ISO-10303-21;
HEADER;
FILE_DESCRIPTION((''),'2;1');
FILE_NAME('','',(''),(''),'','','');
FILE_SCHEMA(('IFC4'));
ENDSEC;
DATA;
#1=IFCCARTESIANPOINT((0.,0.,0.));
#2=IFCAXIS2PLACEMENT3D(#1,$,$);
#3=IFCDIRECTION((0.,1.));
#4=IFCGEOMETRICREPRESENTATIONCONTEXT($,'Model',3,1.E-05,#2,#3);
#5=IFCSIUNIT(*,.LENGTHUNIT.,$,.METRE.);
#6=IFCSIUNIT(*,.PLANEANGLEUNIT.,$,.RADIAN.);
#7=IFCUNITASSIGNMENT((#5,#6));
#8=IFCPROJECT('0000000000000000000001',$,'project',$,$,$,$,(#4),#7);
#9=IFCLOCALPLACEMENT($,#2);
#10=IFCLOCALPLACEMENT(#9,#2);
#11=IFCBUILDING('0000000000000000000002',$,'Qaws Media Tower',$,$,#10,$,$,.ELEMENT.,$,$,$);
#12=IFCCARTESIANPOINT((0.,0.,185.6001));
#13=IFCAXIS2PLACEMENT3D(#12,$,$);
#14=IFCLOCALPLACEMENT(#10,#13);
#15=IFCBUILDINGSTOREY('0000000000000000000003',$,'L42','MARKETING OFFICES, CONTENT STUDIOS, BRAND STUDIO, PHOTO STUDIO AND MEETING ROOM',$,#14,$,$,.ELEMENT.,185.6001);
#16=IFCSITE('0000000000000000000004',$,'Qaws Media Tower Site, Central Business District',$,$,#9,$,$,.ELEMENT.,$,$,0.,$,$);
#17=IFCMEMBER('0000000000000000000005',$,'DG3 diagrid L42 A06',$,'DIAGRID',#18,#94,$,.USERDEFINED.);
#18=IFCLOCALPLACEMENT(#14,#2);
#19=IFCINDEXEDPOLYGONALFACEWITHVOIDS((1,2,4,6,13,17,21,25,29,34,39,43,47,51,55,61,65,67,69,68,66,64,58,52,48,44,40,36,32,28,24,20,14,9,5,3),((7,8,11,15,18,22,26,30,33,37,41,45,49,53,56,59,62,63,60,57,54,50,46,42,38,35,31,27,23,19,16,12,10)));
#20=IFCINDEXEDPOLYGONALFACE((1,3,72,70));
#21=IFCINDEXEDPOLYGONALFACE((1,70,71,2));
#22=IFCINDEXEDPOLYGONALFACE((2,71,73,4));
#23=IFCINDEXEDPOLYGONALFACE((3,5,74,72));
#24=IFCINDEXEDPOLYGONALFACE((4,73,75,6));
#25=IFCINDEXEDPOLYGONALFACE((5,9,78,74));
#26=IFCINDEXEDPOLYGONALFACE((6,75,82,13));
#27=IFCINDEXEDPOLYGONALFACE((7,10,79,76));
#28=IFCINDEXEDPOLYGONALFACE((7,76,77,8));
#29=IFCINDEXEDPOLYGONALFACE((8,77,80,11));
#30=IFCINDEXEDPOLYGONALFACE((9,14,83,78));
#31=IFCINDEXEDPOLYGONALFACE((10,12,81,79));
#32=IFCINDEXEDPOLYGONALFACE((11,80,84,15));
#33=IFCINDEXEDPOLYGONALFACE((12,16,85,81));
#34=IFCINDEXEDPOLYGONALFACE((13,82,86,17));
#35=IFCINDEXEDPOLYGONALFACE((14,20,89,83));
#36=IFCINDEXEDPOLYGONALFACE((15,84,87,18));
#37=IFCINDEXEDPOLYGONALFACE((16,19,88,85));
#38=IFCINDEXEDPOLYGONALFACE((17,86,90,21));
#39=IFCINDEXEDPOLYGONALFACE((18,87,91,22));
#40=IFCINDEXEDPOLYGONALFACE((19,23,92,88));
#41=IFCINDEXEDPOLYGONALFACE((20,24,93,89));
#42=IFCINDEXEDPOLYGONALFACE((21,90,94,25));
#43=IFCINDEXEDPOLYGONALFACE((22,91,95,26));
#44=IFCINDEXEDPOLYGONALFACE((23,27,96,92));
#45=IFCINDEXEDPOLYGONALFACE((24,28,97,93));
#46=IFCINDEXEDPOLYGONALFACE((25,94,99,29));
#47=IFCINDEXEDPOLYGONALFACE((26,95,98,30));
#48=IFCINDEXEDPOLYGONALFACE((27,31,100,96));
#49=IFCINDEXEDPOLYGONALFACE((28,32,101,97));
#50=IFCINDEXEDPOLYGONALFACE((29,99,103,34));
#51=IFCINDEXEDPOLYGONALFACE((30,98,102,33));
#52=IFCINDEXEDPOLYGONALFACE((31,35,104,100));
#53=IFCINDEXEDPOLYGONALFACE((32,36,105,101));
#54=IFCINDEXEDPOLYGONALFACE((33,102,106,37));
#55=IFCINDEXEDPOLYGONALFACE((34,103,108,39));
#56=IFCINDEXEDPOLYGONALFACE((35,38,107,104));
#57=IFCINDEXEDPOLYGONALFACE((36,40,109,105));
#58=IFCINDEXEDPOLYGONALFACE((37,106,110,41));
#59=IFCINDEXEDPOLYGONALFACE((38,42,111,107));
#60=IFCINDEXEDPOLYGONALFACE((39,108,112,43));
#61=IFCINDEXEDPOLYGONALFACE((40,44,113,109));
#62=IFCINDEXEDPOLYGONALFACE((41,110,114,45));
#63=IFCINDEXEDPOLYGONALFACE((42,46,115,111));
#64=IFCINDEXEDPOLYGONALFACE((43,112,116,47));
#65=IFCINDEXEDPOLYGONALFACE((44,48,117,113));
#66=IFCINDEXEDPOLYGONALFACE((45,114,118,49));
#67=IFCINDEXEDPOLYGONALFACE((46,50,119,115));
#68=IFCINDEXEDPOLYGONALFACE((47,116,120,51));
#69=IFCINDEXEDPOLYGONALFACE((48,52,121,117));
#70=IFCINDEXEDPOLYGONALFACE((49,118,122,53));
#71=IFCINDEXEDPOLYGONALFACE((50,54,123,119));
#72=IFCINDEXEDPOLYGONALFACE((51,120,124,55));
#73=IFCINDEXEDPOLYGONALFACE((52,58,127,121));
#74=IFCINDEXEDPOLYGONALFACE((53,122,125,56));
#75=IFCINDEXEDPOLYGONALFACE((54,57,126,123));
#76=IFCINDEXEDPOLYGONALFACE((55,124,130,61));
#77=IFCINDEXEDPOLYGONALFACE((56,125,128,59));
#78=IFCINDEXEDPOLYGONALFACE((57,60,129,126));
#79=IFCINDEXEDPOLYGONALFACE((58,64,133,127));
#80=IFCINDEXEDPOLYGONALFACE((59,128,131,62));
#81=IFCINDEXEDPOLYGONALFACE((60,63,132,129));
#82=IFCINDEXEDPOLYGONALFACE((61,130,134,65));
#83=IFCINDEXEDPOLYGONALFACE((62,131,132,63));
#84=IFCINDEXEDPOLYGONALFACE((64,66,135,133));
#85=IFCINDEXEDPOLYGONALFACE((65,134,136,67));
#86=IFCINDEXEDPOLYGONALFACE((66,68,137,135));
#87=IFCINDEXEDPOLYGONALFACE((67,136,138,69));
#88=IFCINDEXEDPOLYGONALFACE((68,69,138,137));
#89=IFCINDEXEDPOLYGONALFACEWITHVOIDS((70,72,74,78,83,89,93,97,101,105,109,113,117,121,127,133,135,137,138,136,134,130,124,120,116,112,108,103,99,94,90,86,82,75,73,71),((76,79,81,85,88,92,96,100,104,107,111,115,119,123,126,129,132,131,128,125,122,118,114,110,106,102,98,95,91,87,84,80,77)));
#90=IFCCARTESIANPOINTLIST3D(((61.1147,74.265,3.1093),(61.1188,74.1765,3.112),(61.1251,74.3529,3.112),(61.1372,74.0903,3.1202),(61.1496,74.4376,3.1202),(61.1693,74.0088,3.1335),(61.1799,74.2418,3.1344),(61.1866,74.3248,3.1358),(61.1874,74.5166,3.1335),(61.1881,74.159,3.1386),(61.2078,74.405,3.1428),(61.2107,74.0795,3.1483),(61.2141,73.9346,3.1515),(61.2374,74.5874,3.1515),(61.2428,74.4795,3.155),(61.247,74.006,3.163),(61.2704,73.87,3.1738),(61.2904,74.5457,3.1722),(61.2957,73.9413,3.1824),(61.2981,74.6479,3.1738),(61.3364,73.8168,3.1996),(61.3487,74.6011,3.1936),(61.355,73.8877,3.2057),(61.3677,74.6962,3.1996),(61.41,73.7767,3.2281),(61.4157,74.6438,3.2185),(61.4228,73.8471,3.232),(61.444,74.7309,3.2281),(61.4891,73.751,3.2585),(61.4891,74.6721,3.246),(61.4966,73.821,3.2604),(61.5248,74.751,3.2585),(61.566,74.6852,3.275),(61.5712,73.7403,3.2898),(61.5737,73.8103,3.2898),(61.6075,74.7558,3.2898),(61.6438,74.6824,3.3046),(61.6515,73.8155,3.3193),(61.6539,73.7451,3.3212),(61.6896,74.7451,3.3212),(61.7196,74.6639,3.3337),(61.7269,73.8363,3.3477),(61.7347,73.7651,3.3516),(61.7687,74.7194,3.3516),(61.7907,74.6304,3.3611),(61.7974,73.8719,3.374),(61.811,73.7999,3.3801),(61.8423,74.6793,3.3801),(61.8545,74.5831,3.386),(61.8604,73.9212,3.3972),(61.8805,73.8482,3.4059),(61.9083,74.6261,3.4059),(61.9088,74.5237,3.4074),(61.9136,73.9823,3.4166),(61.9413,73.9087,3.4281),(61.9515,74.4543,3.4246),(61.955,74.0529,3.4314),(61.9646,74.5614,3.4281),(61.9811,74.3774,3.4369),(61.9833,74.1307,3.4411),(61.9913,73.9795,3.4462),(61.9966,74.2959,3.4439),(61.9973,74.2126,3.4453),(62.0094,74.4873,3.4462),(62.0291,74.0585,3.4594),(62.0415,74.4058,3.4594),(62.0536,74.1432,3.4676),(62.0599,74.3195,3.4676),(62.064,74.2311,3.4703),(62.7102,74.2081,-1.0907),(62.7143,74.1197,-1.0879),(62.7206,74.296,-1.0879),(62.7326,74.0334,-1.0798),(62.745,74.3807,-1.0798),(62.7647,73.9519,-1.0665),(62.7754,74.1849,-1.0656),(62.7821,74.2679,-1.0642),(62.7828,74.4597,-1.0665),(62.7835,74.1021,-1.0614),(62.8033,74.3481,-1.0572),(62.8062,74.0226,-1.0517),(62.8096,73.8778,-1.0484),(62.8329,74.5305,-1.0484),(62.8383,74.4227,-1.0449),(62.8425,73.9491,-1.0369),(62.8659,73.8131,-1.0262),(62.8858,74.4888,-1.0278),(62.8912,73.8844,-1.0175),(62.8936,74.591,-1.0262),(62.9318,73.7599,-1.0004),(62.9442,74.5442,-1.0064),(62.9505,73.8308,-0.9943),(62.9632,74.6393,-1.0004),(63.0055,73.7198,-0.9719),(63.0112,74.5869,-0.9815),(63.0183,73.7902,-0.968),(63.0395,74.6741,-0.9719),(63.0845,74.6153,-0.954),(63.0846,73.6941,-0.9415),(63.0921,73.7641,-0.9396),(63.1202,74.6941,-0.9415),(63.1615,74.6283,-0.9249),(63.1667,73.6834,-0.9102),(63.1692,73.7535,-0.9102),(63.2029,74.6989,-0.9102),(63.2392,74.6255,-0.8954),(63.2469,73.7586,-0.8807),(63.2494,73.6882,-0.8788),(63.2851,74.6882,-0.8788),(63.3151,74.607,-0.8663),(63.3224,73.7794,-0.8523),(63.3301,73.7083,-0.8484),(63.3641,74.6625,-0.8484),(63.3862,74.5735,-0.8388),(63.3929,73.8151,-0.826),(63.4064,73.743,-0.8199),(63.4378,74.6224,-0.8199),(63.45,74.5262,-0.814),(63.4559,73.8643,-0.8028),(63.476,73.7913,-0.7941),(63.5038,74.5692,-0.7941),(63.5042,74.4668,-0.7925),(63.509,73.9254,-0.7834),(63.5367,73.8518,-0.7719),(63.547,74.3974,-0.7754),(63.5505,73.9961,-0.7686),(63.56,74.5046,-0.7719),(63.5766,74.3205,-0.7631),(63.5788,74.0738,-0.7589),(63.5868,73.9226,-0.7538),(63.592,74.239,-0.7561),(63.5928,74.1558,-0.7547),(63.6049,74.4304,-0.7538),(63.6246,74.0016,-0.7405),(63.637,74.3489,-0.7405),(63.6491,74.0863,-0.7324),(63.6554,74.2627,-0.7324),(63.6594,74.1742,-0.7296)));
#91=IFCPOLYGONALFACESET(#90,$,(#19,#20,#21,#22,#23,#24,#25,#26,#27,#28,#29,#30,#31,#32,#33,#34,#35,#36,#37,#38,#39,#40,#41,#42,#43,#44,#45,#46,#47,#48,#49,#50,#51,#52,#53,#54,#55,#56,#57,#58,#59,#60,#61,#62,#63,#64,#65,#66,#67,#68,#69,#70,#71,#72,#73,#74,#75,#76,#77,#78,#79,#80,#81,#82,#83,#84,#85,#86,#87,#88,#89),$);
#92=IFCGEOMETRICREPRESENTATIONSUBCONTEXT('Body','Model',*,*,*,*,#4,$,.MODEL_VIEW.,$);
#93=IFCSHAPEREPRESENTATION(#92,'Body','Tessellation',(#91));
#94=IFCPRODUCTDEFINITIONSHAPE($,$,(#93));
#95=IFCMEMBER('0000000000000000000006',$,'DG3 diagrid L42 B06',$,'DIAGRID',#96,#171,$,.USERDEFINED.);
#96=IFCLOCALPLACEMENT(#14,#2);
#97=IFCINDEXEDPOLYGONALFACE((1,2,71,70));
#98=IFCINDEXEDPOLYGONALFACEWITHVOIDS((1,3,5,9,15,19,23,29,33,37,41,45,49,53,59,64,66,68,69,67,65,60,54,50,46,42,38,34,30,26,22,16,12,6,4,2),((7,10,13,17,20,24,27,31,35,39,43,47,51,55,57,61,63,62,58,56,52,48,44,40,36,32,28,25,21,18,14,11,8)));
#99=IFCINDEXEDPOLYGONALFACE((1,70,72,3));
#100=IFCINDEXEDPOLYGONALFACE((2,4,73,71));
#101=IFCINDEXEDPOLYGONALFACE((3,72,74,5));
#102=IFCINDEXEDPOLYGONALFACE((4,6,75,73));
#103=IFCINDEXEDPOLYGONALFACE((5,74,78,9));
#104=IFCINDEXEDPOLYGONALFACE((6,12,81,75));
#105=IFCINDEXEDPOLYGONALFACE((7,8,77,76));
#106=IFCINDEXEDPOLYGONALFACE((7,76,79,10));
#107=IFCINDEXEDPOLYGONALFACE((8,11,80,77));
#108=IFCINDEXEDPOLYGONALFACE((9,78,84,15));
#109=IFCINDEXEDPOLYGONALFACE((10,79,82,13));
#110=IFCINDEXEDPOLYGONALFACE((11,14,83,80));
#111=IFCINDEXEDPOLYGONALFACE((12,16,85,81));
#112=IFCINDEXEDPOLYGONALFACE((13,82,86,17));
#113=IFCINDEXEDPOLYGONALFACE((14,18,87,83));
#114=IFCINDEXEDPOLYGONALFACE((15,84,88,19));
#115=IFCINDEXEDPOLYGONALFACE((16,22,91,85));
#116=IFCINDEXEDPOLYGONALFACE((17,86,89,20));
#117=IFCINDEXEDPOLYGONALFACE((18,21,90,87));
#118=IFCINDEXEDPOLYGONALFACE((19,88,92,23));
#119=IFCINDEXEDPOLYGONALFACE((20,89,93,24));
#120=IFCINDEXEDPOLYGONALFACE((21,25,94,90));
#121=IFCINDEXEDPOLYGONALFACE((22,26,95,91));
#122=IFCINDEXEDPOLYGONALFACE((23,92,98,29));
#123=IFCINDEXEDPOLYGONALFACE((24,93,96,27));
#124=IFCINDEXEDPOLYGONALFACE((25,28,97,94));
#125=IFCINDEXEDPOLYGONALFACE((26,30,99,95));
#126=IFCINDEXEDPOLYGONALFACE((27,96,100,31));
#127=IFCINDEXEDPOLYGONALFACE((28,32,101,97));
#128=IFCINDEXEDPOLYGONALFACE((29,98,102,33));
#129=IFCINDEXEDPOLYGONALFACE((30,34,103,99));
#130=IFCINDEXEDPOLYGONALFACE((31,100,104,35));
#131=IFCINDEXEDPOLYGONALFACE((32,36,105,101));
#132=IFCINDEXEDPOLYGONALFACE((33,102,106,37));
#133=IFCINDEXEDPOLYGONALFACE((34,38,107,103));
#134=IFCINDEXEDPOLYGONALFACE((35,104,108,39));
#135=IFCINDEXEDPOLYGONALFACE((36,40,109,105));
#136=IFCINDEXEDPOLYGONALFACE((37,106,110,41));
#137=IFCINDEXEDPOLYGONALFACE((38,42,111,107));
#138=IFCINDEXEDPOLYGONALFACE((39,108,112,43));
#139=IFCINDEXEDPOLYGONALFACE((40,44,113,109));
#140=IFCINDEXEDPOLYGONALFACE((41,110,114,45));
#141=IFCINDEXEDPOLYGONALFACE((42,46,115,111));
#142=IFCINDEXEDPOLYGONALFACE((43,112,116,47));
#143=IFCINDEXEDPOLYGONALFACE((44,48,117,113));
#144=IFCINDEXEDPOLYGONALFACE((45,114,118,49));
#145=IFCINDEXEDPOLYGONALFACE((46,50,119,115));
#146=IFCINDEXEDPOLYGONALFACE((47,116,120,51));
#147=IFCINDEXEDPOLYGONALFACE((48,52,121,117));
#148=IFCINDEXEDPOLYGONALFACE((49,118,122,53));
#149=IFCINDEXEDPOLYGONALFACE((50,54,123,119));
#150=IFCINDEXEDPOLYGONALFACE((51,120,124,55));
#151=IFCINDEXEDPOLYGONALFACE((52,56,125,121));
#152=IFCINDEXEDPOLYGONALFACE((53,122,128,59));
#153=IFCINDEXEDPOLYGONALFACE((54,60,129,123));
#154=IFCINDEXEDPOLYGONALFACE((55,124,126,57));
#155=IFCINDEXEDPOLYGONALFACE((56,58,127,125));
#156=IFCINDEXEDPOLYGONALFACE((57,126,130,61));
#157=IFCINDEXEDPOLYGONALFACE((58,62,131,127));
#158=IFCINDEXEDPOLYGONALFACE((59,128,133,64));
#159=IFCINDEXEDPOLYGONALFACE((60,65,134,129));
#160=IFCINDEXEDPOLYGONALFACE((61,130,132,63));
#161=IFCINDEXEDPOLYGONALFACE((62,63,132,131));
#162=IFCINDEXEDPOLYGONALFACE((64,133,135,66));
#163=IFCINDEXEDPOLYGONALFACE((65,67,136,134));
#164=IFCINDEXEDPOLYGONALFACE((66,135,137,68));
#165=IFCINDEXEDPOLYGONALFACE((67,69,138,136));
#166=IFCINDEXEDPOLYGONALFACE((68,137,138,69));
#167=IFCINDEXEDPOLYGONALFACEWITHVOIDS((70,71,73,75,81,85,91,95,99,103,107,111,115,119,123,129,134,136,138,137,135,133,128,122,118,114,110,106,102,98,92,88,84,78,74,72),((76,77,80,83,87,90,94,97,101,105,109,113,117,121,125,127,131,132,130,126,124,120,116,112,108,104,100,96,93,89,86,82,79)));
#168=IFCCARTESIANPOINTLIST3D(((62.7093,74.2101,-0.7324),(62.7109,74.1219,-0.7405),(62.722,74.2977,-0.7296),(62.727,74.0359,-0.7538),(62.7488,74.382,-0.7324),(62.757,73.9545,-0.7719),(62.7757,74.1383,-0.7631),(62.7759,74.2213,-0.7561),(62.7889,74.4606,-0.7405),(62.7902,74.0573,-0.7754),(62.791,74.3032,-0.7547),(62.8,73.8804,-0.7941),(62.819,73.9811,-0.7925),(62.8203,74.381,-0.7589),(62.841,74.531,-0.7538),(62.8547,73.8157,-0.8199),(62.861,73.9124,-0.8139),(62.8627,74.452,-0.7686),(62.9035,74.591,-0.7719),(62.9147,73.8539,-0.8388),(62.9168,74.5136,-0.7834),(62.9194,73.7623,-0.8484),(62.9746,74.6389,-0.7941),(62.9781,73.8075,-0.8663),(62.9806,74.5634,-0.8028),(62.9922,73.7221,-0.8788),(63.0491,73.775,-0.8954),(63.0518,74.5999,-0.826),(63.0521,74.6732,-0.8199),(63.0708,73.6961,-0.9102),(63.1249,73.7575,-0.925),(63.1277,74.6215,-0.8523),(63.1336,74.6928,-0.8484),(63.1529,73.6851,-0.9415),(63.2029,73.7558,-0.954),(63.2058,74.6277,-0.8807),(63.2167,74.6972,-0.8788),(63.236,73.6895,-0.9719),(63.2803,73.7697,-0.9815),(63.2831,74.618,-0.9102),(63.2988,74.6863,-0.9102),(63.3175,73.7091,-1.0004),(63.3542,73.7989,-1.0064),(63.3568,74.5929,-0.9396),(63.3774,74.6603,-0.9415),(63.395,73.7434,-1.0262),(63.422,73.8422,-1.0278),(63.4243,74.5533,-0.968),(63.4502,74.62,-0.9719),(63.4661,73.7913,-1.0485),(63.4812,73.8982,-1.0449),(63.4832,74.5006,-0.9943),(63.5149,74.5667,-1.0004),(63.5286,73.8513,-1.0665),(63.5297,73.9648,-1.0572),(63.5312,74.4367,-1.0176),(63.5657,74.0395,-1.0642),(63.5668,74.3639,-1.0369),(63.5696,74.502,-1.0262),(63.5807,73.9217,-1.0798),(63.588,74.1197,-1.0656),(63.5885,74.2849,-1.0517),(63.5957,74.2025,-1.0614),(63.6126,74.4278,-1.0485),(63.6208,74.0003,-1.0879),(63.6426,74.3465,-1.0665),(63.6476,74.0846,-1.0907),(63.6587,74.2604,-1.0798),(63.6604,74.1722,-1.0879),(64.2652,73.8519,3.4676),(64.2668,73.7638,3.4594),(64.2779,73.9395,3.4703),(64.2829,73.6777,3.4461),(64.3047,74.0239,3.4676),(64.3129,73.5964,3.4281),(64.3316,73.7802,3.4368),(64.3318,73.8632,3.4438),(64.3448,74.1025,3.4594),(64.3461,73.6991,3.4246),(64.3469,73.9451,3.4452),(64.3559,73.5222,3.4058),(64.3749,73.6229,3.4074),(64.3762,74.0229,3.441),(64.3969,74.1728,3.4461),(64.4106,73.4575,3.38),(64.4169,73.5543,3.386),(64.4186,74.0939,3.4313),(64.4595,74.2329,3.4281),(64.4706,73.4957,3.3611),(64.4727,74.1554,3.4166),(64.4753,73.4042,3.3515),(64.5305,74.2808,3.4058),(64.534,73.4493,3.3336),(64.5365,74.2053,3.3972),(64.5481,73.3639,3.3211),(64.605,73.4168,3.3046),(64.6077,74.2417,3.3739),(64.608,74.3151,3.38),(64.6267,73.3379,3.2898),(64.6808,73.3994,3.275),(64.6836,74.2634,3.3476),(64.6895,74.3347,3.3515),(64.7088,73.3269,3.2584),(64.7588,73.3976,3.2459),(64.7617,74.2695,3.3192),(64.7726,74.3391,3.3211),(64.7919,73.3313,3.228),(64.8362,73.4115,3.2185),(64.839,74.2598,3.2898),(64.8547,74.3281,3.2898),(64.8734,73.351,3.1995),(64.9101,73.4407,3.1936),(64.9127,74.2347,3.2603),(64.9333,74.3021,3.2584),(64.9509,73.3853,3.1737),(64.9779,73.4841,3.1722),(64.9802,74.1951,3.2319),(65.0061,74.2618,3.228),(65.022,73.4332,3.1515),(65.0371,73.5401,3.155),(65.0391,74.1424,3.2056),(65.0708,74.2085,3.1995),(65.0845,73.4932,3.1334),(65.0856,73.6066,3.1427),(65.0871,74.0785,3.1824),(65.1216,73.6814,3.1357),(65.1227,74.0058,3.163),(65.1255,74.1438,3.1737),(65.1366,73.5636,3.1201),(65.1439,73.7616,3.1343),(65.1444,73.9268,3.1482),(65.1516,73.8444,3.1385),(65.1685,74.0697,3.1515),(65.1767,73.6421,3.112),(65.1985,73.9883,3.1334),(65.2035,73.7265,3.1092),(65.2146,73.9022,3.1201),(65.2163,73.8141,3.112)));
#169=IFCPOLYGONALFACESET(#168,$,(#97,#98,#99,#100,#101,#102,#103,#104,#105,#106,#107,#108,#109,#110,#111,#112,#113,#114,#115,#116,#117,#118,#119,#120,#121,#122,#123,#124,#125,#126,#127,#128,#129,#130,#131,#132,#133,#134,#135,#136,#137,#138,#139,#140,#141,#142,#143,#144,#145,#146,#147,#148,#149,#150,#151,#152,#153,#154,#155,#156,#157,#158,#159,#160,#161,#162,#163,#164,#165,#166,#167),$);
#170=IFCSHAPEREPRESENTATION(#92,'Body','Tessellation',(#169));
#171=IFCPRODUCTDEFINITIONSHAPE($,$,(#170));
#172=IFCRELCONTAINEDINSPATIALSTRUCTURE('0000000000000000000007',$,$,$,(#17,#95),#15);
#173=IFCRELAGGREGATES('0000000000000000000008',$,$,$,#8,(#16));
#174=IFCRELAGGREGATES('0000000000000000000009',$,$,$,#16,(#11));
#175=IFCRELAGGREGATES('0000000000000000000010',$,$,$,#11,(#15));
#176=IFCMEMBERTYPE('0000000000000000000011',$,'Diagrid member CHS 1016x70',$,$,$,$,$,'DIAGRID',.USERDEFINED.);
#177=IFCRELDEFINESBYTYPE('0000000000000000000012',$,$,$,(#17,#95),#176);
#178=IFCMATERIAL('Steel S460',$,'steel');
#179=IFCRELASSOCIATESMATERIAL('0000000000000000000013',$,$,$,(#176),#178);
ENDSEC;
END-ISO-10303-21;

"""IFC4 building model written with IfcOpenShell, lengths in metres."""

from ifc_helpers import new_model, si_unit, direction, frame, origin, origin_2d, place, context, subcontext, project, spatial, hollow_circle, extrude, material, material_profile, profile_set, type_object, element, save


model = new_model("IFC4")

# Units and contexts
model_context = context("Model", 3, precision=1e-05, world=origin(), true_north=direction((0.0, 1.0)))
body_context = subcontext(model_context, "Body", "Model", "MODEL_VIEW")
ifc_project = project(units=[si_unit("LENGTHUNIT", "METRE"), si_unit("PLANEANGLEUNIT", "RADIAN")], contexts=[model_context])

# Site, building, storey
site_placement = place(None, origin())
site = spatial("IfcSite", under=ifc_project, at=site_placement, Name="Qaws Media Tower Site, Central Business District", CompositionType="ELEMENT", RefElevation=0.0)
building_placement = place(site_placement, origin())
building = spatial("IfcBuilding", under=site, at=building_placement, Name="Qaws Media Tower", CompositionType="ELEMENT")
storey_placement = place(building_placement, frame((0.0, 0.0, 185.6001)))
storey = spatial("IfcBuildingStorey", under=building, at=storey_placement, Name="L42", Description="MARKETING OFFICES, CONTENT STUDIOS, BRAND STUDIO, PHOTO STUDIO AND MEETING ROOM", CompositionType="ELEMENT", Elevation=185.6001)

# Members
ifc_material_1 = material(Name="Steel S460", Category="steel")
ifc_material_profile_1 = material_profile(ifc_material_1, hollow_circle(Radius=0.5081, WallThickness=0.0701, at=origin_2d()), Name="CHS 1016x70")
ifc_profile_set_1 = profile_set([ifc_material_profile_1], Name="Steel S460")
member_type_1 = type_object("IfcMemberType", Name="Diagrid member CHS 1016x70", ElementType="DIAGRID", PredefinedType="USERDEFINED", material=ifc_profile_set_1)
for number, where, z_axis, x_axis, name in (
    (1, (63.1848, 74.1912, -0.9102), (-0.355088, 0.01266, 0.934747), (-0.035632, -0.999365, 0.0), "DG3 diagrid L42 A06"),
    (2, (63.1848, 74.1912, -0.9102), (0.346282, -0.079711, 0.934738), (0.224323, 0.974515, 0.0), "DG3 diagrid L42 B06"),
):
    element("IfcMember", number, at=place(storey_placement, frame(where, z_axis=z_axis, x_axis=x_axis)), inside=storey, type_object=member_type_1, Name=name, ObjectType="DIAGRID", PredefinedType="USERDEFINED", context=body_context, shape_type="SweptSolid", body=[
        extrude(hollow_circle(Radius=0.5081, WallThickness=0.0701, at=origin_2d()), origin(), (0.0, 0.0, 1.0), 4.4932),
    ])

save(model, "model.ifc")
